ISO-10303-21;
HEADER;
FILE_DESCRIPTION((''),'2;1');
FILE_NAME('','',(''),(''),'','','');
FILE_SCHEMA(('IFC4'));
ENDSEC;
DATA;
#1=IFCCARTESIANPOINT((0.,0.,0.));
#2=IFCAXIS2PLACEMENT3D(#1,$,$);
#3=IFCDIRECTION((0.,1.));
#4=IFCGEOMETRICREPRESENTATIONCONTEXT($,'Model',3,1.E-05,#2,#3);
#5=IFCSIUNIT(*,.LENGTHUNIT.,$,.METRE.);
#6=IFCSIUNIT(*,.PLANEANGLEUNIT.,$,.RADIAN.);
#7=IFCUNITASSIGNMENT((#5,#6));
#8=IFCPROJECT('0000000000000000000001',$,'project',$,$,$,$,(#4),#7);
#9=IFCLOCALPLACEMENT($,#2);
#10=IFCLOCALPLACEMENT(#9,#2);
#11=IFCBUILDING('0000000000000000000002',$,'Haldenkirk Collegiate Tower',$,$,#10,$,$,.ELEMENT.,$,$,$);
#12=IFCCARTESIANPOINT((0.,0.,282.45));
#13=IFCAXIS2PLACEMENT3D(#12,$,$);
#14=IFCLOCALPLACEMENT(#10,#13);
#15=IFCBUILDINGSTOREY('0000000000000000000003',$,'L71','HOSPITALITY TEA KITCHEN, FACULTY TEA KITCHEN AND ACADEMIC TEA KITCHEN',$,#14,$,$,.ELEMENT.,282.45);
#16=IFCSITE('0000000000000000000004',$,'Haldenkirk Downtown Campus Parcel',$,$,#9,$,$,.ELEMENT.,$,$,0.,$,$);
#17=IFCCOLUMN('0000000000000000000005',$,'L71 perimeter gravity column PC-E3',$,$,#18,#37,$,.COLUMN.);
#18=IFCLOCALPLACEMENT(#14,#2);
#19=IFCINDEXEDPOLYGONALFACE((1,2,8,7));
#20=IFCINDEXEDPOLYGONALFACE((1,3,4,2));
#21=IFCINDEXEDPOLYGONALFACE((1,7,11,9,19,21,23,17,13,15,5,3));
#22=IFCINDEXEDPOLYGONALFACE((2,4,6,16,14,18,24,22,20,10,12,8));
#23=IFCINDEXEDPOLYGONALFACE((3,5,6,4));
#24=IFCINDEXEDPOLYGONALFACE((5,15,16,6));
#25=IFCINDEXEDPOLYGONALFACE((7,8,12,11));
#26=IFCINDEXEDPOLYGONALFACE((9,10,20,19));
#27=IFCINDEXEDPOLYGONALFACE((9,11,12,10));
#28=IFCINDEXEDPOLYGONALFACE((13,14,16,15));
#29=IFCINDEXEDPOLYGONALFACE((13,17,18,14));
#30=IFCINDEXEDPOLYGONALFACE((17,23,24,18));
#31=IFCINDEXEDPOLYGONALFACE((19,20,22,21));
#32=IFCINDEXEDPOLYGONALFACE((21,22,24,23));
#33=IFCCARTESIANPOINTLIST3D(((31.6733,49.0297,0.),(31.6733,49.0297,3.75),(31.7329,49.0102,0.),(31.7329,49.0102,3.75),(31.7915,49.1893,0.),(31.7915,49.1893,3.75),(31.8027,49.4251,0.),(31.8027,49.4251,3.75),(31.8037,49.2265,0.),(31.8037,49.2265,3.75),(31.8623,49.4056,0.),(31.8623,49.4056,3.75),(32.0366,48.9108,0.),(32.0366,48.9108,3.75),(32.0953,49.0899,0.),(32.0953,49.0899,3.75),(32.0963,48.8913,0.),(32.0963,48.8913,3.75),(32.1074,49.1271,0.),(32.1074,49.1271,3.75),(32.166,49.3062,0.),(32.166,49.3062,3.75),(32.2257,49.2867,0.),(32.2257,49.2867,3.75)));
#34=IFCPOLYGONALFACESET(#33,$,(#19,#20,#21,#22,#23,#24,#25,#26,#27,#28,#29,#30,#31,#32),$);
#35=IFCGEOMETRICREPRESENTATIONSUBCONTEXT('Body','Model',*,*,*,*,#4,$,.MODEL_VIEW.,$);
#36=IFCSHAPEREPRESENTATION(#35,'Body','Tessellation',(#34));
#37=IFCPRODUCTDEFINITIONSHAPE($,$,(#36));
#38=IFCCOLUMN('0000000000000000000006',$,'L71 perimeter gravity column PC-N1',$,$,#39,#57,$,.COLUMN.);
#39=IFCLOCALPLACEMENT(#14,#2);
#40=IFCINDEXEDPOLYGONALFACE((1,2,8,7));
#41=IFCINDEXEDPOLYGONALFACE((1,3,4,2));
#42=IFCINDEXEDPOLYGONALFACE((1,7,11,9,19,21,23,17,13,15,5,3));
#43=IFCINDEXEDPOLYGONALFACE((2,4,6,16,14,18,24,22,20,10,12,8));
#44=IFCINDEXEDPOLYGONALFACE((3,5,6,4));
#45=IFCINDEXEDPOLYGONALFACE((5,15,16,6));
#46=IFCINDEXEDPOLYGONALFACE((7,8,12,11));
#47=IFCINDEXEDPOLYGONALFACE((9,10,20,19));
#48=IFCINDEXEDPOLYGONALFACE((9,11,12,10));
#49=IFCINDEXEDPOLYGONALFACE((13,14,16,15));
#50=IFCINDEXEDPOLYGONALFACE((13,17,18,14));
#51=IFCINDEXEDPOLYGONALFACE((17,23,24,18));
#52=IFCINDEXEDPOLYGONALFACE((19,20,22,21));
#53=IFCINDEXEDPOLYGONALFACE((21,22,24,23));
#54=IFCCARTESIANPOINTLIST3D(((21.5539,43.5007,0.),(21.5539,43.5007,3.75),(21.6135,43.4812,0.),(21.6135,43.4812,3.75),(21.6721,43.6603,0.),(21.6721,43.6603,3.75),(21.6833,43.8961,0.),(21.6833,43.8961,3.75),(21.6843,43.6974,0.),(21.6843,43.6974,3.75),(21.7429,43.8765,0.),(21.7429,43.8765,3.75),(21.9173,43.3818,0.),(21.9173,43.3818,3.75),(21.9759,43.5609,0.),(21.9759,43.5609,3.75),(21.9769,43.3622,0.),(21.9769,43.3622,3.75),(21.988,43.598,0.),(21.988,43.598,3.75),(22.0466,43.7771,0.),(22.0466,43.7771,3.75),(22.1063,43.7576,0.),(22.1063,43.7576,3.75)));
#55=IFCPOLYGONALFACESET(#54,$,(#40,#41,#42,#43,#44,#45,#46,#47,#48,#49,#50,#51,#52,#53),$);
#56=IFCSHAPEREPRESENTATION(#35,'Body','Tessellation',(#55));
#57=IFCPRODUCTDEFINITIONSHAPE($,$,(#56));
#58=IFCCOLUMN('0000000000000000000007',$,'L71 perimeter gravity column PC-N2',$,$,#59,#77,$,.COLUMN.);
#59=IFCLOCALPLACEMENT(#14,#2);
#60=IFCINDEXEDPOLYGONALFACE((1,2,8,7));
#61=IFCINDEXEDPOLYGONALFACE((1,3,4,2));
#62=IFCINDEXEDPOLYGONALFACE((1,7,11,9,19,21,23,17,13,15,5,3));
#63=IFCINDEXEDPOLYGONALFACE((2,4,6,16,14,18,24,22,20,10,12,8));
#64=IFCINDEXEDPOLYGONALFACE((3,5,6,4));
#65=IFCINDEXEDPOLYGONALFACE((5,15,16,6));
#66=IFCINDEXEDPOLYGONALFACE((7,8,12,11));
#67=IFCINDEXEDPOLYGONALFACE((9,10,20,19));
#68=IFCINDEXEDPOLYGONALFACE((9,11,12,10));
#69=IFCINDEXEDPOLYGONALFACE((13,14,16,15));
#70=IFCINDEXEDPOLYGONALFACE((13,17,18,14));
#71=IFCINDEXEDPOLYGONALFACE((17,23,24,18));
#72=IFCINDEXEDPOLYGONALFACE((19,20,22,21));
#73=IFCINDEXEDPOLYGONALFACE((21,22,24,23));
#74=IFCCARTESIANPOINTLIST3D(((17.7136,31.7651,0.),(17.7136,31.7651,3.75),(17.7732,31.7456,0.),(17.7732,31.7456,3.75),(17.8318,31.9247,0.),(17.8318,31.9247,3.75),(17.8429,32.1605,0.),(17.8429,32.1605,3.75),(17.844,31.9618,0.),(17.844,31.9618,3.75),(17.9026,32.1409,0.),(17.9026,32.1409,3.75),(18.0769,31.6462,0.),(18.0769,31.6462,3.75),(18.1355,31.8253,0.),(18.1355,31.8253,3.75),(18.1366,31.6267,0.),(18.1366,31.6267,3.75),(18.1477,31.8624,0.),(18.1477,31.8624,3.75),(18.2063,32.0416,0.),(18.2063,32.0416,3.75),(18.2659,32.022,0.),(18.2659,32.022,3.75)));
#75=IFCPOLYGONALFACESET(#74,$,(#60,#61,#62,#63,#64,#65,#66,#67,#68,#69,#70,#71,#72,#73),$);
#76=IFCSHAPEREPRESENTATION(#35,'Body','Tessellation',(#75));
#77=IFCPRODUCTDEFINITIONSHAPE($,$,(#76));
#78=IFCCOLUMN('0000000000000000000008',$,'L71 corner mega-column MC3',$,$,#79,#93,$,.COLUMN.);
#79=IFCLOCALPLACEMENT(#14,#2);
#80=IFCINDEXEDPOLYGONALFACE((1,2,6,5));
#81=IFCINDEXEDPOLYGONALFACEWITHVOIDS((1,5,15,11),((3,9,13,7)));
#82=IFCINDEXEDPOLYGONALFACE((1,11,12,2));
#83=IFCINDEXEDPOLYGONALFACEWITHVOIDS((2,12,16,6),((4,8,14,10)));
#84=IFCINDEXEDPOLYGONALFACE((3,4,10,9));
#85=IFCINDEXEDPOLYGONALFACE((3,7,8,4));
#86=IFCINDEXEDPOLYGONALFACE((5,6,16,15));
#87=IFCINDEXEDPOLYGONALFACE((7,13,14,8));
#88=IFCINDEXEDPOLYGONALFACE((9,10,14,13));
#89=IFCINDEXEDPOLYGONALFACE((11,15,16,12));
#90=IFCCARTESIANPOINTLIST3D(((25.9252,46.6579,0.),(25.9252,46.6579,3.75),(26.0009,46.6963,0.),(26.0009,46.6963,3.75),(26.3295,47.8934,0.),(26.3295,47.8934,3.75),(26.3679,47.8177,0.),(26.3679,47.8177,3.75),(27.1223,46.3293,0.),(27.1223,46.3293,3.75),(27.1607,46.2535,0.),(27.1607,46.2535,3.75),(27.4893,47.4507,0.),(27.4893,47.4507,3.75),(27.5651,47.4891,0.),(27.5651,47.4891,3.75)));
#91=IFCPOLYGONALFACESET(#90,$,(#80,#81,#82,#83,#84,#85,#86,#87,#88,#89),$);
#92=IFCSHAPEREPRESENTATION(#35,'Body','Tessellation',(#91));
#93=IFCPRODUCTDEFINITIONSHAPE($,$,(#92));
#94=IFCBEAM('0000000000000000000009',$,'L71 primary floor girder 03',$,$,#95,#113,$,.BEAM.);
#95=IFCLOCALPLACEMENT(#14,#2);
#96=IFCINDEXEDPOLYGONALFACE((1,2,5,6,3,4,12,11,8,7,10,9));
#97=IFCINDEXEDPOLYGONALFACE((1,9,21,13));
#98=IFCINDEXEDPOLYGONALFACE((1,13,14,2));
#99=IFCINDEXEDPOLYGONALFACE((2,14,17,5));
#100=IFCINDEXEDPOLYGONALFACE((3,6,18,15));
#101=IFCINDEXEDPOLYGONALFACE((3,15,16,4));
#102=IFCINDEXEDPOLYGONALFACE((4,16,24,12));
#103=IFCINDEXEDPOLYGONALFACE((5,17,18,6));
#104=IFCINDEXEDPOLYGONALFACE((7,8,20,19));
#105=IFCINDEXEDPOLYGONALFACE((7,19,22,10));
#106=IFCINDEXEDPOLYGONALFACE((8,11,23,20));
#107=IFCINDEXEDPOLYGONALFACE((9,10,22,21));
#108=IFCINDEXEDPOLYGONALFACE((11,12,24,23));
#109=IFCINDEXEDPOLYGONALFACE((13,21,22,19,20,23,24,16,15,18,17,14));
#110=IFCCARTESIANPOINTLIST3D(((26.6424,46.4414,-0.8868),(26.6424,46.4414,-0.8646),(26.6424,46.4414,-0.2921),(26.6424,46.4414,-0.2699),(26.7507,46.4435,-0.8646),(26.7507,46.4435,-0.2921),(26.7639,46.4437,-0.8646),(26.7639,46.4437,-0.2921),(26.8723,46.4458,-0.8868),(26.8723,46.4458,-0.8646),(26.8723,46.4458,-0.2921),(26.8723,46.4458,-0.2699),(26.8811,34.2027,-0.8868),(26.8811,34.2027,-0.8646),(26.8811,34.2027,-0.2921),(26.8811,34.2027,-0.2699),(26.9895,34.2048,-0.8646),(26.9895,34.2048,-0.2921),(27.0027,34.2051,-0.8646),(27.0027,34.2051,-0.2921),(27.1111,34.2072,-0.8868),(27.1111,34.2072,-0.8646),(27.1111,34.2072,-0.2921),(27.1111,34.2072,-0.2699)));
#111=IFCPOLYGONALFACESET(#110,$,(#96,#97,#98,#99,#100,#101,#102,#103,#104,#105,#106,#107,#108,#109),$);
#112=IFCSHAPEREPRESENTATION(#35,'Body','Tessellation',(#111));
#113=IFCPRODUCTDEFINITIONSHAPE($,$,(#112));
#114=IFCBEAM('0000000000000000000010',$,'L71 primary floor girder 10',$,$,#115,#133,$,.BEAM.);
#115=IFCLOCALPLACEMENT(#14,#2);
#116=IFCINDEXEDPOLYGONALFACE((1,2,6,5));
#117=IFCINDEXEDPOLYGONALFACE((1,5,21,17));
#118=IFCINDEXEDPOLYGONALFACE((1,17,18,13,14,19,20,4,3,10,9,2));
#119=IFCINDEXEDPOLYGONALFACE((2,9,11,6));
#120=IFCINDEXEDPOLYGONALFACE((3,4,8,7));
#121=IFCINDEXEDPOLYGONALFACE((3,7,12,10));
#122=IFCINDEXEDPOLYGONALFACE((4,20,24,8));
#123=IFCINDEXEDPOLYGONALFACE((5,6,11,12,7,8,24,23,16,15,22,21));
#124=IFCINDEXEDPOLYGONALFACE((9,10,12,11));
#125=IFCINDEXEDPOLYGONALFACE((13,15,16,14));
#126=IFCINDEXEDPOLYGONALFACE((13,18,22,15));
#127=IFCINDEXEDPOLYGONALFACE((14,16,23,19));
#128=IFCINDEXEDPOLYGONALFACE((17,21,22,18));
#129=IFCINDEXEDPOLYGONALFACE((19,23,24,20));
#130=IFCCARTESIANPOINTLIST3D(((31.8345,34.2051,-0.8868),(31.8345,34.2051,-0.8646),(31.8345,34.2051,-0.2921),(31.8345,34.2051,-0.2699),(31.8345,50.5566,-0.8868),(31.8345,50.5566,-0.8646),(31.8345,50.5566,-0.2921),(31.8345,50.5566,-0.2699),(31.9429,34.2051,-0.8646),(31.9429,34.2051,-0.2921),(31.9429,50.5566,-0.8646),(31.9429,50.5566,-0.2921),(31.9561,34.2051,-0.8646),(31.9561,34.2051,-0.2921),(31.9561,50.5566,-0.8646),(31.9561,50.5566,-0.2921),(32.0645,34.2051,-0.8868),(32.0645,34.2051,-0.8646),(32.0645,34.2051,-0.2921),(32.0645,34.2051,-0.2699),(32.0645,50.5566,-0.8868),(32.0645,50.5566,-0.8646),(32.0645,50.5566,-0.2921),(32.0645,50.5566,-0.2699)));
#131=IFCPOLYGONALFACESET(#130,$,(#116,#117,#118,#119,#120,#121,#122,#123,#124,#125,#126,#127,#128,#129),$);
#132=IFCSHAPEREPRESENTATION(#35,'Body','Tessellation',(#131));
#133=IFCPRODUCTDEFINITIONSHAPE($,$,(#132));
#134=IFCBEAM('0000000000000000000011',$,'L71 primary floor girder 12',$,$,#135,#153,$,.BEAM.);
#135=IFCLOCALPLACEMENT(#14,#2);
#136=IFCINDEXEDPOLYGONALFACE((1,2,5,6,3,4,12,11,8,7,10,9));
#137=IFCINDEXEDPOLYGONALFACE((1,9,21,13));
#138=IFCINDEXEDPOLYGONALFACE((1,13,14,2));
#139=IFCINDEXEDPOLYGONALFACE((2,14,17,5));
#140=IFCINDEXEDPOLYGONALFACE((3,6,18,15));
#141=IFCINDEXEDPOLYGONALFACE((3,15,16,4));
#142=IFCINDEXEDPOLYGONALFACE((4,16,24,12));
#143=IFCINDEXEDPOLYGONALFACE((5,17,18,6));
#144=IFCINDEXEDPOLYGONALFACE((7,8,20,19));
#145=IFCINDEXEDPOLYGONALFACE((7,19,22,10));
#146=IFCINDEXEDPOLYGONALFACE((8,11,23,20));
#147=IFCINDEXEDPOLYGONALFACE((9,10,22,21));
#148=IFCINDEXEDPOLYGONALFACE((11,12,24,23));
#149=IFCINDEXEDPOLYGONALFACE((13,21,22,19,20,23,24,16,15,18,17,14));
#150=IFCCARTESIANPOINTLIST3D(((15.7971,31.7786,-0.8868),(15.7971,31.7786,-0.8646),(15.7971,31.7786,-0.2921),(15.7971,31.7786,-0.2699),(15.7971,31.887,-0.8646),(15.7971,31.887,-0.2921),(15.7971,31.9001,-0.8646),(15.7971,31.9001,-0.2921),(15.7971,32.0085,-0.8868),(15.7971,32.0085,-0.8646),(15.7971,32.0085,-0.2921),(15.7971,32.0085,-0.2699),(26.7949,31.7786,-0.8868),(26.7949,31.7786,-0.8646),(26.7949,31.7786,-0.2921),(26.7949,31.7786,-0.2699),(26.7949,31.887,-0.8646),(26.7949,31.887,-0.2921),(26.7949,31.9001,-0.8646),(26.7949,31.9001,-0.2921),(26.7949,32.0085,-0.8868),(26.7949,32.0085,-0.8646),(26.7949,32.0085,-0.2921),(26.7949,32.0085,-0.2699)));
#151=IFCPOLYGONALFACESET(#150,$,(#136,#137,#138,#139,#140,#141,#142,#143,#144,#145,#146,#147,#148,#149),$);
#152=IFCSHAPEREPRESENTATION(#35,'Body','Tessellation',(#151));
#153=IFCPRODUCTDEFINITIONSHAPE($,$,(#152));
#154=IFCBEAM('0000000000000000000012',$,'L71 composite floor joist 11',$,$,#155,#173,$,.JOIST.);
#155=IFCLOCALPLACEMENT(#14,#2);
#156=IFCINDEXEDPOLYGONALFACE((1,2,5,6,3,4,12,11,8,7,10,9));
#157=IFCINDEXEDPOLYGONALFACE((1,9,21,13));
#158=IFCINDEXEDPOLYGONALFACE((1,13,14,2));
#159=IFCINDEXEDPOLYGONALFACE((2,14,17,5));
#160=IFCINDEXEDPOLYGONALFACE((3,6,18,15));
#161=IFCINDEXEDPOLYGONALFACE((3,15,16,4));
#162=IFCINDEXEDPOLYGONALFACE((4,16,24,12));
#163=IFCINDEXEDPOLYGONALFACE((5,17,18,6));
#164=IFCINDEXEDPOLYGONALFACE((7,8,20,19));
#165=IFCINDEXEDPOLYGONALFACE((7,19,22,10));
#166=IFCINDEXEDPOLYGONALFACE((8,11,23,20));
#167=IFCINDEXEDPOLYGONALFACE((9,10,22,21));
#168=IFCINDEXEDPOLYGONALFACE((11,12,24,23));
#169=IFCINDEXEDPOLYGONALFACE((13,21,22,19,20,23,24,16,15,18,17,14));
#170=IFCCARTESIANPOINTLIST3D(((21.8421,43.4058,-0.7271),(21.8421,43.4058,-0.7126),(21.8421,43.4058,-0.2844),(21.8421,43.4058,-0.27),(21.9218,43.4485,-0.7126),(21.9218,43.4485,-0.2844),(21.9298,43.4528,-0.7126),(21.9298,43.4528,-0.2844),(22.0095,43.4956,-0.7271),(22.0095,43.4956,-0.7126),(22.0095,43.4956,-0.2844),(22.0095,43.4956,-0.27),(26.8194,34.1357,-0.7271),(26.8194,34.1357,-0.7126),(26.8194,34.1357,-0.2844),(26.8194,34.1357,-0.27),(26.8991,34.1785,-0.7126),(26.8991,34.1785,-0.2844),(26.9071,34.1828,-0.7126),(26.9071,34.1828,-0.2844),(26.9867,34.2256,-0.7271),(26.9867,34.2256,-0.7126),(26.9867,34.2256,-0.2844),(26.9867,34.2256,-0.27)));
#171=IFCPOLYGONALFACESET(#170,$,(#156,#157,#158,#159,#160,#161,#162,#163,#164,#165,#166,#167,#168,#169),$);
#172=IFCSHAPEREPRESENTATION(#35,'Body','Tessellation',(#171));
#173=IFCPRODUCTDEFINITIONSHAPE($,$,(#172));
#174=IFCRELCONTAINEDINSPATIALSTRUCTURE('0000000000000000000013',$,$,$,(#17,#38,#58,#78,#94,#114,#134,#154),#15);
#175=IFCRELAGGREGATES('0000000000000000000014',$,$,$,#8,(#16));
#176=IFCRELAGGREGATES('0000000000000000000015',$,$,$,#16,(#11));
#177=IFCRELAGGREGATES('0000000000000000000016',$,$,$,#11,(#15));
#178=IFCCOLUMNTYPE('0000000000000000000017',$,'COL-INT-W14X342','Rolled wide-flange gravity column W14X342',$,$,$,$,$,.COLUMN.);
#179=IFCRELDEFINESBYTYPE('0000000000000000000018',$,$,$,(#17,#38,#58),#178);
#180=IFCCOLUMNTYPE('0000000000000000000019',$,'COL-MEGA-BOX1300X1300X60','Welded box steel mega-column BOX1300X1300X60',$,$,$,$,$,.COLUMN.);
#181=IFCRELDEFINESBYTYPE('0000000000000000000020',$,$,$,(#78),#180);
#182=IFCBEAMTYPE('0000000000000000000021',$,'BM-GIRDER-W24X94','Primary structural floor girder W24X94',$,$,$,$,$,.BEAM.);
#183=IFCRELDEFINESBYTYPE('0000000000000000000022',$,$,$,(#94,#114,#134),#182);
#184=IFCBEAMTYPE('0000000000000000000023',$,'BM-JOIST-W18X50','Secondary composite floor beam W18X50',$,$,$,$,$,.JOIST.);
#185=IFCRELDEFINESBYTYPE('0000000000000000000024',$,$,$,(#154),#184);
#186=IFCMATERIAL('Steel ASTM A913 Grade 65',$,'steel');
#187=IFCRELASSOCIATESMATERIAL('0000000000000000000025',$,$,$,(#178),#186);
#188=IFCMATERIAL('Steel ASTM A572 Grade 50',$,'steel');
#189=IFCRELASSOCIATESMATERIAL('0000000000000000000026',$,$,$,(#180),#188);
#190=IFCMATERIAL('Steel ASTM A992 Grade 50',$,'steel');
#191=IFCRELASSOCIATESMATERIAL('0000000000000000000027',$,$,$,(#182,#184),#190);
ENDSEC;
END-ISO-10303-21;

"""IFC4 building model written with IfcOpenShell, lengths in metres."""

from ifc_helpers import new_model, si_unit, direction, frame, origin, origin_2d, place, context, subcontext, project, spatial, hollow_rectangle, i_section, extrude, material, material_profile, profile_set, type_object, element, save


model = new_model("IFC4")

# Units and contexts
model_context = context("Model", 3, precision=1e-05, world=origin(), true_north=direction((0.0, 1.0)))
body_context = subcontext(model_context, "Body", "Model", "MODEL_VIEW")
ifc_project = project(units=[si_unit("LENGTHUNIT", "METRE"), si_unit("PLANEANGLEUNIT", "RADIAN")], contexts=[model_context])

# Site, building, storey
site_placement = place(None, origin())
site = spatial("IfcSite", under=ifc_project, at=site_placement, Name="Haldenkirk Downtown Campus Parcel", CompositionType="ELEMENT", RefElevation=0.0)
building_placement = place(site_placement, origin())
building = spatial("IfcBuilding", under=site, at=building_placement, Name="Haldenkirk Collegiate Tower", CompositionType="ELEMENT")
storey_placement = place(building_placement, frame((0.0, 0.0, 282.45)))
storey = spatial("IfcBuildingStorey", under=building, at=storey_placement, Name="L71", Description="HOSPITALITY TEA KITCHEN, FACULTY TEA KITCHEN AND ACADEMIC TEA KITCHEN", CompositionType="ELEMENT", Elevation=282.45)

# Columns
ifc_material_1 = material(Name="Steel ASTM A913 Grade 65", Category="steel")
ifc_material_profile_1 = material_profile(ifc_material_1, i_section(OverallWidth=0.416, OverallDepth=0.4451, WebThickness=0.0391, FlangeThickness=0.0627, at=origin_2d()), Name="W14X342")
ifc_profile_set_1 = profile_set([ifc_material_profile_1], Name="Steel ASTM A913 Grade 65")
column_type_1 = type_object("IfcColumnType", Name="COL-INT-W14X342", Description="Rolled wide-flange gravity column W14X342", PredefinedType="COLUMN", material=ifc_profile_set_1)
for number, where, z_axis, x_axis, name in (
    (1, (31.9495, 49.1582, 0.0), (0.0, 0.0, 1.0), (0.311008, 0.950407, 0.0), "L71 perimeter gravity column PC-E3"),
    (2, (21.8301, 43.6292, 0.0), (0.0, 0.0, 1.0), (0.311008, 0.950407, 0.0), "L71 perimeter gravity column PC-N1"),
    (3, (17.9897, 31.8936, 0.0), (0.0, 0.0, 1.0), (0.311008, 0.950407, 0.0), "L71 perimeter gravity column PC-N2"),
):
    element("IfcColumn", number, at=place(storey_placement, frame(where, z_axis=z_axis, x_axis=x_axis)), inside=storey, type_object=column_type_1, Name=name, PredefinedType="COLUMN", context=body_context, shape_type="SweptSolid", body=[
        extrude(i_section(OverallWidth=0.416, OverallDepth=0.4451, WebThickness=0.0391, FlangeThickness=0.0627, at=origin_2d()), origin(), (0.0, 0.0, 1.0), 3.75),
    ])
ifc_material_2 = material(Name="Steel ASTM A572 Grade 50", Category="steel")
ifc_material_profile_2 = material_profile(ifc_material_2, hollow_rectangle(XDim=1.3, YDim=1.3, WallThickness=0.0601, at=origin_2d()), Name="BOX1300X1300X60")
ifc_profile_set_2 = profile_set([ifc_material_profile_2], Name="Steel ASTM A572 Grade 50")
column_type_2 = type_object("IfcColumnType", Name="COL-MEGA-BOX1300X1300X60", Description="Welded box steel mega-column BOX1300X1300X60", PredefinedType="COLUMN", material=ifc_profile_set_2)
column_placement = place(storey_placement, frame((26.7451, 47.0735, 0.0), z_axis=(0.0, 0.0, 1.0), x_axis=(0.311008, 0.950407, 0.0)))
element("IfcColumn", 4, at=column_placement, inside=storey, type_object=column_type_2, Name="L71 corner mega-column MC3", PredefinedType="COLUMN", context=body_context, shape_type="SweptSolid", body=[
    extrude(hollow_rectangle(XDim=1.3, YDim=1.3, WallThickness=0.0601, at=origin_2d()), origin(), (0.0, 0.0, 1.0), 3.75),
])

# Beams
ifc_material_3 = material(Name="Steel ASTM A992 Grade 50", Category="steel")
ifc_material_profile_3 = material_profile(ifc_material_3, i_section(OverallWidth=0.23, OverallDepth=0.6169, WebThickness=0.0132, FlangeThickness=0.0222, at=origin_2d()), Name="W24X94")
ifc_profile_set_3 = profile_set([ifc_material_profile_3], Name="Steel ASTM A992 Grade 50")
beam_type_1 = type_object("IfcBeamType", Name="BM-GIRDER-W24X94", Description="Primary structural floor girder W24X94", PredefinedType="BEAM", material=ifc_profile_set_3)
beam_1_placement = place(storey_placement, frame((26.7573, 46.4436, -0.5784), z_axis=(0.019506, -0.99981, 0.0), x_axis=(0.99981, 0.019506, 0.0)))
element("IfcBeam", 5, at=beam_1_placement, inside=storey, type_object=beam_type_1, Name="L71 primary floor girder 03", PredefinedType="BEAM", context=body_context, shape_type="SweptSolid", body=[
    extrude(i_section(OverallWidth=0.23, OverallDepth=0.6169, WebThickness=0.0132, FlangeThickness=0.0222, at=origin_2d()), origin(), (0.0, 0.0, 1.0), 12.241),
])
beam_2_placement = place(storey_placement, frame((31.9495, 50.5566, -0.5784), z_axis=(0.0, -1.0, 0.0), x_axis=(1.0, 0.0, 0.0)))
element("IfcBeam", 6, at=beam_2_placement, inside=storey, type_object=beam_type_1, Name="L71 primary floor girder 10", PredefinedType="BEAM", context=body_context, shape_type="SweptSolid", body=[
    extrude(i_section(OverallWidth=0.23, OverallDepth=0.6169, WebThickness=0.0132, FlangeThickness=0.0222, at=origin_2d()), origin(), (0.0, 0.0, 1.0), 16.3516),
])
beam_3_placement = place(storey_placement, frame((15.7971, 31.8936, -0.5784), z_axis=(1.0, 0.0, 0.0), x_axis=(0.0, 1.0, 0.0)))
element("IfcBeam", 7, at=beam_3_placement, inside=storey, type_object=beam_type_1, Name="L71 primary floor girder 12", PredefinedType="BEAM", context=body_context, shape_type="SweptSolid", body=[
    extrude(i_section(OverallWidth=0.23, OverallDepth=0.6169, WebThickness=0.0132, FlangeThickness=0.0222, at=origin_2d()), origin(), (0.0, 0.0, 1.0), 10.9978),
])
ifc_material_profile_4 = material_profile(ifc_material_3, i_section(OverallWidth=0.1899, OverallDepth=0.457, WebThickness=0.009, FlangeThickness=0.0144, at=origin_2d()), Name="W18X50")
ifc_profile_set_4 = profile_set([ifc_material_profile_4], Name="Steel ASTM A992 Grade 50")
beam_type_2 = type_object("IfcBeamType", Name="BM-JOIST-W18X50", Description="Secondary composite floor beam W18X50", PredefinedType="JOIST", material=ifc_profile_set_4)
beam_4_placement = place(storey_placement, frame((21.9258, 43.4507, -0.4985), z_axis=(0.473049, -0.881036, 0.0), x_axis=(0.881036, 0.473049, 0.0)))
element("IfcBeam", 8, at=beam_4_placement, inside=storey, type_object=beam_type_2, Name="L71 composite floor joist 11", PredefinedType="JOIST", context=body_context, shape_type="SweptSolid", body=[
    extrude(i_section(OverallWidth=0.1899, OverallDepth=0.457, WebThickness=0.009, FlangeThickness=0.0144, at=origin_2d()), origin(), (0.0, 0.0, 1.0), 10.5217),
])

save(model, "model.ifc")
